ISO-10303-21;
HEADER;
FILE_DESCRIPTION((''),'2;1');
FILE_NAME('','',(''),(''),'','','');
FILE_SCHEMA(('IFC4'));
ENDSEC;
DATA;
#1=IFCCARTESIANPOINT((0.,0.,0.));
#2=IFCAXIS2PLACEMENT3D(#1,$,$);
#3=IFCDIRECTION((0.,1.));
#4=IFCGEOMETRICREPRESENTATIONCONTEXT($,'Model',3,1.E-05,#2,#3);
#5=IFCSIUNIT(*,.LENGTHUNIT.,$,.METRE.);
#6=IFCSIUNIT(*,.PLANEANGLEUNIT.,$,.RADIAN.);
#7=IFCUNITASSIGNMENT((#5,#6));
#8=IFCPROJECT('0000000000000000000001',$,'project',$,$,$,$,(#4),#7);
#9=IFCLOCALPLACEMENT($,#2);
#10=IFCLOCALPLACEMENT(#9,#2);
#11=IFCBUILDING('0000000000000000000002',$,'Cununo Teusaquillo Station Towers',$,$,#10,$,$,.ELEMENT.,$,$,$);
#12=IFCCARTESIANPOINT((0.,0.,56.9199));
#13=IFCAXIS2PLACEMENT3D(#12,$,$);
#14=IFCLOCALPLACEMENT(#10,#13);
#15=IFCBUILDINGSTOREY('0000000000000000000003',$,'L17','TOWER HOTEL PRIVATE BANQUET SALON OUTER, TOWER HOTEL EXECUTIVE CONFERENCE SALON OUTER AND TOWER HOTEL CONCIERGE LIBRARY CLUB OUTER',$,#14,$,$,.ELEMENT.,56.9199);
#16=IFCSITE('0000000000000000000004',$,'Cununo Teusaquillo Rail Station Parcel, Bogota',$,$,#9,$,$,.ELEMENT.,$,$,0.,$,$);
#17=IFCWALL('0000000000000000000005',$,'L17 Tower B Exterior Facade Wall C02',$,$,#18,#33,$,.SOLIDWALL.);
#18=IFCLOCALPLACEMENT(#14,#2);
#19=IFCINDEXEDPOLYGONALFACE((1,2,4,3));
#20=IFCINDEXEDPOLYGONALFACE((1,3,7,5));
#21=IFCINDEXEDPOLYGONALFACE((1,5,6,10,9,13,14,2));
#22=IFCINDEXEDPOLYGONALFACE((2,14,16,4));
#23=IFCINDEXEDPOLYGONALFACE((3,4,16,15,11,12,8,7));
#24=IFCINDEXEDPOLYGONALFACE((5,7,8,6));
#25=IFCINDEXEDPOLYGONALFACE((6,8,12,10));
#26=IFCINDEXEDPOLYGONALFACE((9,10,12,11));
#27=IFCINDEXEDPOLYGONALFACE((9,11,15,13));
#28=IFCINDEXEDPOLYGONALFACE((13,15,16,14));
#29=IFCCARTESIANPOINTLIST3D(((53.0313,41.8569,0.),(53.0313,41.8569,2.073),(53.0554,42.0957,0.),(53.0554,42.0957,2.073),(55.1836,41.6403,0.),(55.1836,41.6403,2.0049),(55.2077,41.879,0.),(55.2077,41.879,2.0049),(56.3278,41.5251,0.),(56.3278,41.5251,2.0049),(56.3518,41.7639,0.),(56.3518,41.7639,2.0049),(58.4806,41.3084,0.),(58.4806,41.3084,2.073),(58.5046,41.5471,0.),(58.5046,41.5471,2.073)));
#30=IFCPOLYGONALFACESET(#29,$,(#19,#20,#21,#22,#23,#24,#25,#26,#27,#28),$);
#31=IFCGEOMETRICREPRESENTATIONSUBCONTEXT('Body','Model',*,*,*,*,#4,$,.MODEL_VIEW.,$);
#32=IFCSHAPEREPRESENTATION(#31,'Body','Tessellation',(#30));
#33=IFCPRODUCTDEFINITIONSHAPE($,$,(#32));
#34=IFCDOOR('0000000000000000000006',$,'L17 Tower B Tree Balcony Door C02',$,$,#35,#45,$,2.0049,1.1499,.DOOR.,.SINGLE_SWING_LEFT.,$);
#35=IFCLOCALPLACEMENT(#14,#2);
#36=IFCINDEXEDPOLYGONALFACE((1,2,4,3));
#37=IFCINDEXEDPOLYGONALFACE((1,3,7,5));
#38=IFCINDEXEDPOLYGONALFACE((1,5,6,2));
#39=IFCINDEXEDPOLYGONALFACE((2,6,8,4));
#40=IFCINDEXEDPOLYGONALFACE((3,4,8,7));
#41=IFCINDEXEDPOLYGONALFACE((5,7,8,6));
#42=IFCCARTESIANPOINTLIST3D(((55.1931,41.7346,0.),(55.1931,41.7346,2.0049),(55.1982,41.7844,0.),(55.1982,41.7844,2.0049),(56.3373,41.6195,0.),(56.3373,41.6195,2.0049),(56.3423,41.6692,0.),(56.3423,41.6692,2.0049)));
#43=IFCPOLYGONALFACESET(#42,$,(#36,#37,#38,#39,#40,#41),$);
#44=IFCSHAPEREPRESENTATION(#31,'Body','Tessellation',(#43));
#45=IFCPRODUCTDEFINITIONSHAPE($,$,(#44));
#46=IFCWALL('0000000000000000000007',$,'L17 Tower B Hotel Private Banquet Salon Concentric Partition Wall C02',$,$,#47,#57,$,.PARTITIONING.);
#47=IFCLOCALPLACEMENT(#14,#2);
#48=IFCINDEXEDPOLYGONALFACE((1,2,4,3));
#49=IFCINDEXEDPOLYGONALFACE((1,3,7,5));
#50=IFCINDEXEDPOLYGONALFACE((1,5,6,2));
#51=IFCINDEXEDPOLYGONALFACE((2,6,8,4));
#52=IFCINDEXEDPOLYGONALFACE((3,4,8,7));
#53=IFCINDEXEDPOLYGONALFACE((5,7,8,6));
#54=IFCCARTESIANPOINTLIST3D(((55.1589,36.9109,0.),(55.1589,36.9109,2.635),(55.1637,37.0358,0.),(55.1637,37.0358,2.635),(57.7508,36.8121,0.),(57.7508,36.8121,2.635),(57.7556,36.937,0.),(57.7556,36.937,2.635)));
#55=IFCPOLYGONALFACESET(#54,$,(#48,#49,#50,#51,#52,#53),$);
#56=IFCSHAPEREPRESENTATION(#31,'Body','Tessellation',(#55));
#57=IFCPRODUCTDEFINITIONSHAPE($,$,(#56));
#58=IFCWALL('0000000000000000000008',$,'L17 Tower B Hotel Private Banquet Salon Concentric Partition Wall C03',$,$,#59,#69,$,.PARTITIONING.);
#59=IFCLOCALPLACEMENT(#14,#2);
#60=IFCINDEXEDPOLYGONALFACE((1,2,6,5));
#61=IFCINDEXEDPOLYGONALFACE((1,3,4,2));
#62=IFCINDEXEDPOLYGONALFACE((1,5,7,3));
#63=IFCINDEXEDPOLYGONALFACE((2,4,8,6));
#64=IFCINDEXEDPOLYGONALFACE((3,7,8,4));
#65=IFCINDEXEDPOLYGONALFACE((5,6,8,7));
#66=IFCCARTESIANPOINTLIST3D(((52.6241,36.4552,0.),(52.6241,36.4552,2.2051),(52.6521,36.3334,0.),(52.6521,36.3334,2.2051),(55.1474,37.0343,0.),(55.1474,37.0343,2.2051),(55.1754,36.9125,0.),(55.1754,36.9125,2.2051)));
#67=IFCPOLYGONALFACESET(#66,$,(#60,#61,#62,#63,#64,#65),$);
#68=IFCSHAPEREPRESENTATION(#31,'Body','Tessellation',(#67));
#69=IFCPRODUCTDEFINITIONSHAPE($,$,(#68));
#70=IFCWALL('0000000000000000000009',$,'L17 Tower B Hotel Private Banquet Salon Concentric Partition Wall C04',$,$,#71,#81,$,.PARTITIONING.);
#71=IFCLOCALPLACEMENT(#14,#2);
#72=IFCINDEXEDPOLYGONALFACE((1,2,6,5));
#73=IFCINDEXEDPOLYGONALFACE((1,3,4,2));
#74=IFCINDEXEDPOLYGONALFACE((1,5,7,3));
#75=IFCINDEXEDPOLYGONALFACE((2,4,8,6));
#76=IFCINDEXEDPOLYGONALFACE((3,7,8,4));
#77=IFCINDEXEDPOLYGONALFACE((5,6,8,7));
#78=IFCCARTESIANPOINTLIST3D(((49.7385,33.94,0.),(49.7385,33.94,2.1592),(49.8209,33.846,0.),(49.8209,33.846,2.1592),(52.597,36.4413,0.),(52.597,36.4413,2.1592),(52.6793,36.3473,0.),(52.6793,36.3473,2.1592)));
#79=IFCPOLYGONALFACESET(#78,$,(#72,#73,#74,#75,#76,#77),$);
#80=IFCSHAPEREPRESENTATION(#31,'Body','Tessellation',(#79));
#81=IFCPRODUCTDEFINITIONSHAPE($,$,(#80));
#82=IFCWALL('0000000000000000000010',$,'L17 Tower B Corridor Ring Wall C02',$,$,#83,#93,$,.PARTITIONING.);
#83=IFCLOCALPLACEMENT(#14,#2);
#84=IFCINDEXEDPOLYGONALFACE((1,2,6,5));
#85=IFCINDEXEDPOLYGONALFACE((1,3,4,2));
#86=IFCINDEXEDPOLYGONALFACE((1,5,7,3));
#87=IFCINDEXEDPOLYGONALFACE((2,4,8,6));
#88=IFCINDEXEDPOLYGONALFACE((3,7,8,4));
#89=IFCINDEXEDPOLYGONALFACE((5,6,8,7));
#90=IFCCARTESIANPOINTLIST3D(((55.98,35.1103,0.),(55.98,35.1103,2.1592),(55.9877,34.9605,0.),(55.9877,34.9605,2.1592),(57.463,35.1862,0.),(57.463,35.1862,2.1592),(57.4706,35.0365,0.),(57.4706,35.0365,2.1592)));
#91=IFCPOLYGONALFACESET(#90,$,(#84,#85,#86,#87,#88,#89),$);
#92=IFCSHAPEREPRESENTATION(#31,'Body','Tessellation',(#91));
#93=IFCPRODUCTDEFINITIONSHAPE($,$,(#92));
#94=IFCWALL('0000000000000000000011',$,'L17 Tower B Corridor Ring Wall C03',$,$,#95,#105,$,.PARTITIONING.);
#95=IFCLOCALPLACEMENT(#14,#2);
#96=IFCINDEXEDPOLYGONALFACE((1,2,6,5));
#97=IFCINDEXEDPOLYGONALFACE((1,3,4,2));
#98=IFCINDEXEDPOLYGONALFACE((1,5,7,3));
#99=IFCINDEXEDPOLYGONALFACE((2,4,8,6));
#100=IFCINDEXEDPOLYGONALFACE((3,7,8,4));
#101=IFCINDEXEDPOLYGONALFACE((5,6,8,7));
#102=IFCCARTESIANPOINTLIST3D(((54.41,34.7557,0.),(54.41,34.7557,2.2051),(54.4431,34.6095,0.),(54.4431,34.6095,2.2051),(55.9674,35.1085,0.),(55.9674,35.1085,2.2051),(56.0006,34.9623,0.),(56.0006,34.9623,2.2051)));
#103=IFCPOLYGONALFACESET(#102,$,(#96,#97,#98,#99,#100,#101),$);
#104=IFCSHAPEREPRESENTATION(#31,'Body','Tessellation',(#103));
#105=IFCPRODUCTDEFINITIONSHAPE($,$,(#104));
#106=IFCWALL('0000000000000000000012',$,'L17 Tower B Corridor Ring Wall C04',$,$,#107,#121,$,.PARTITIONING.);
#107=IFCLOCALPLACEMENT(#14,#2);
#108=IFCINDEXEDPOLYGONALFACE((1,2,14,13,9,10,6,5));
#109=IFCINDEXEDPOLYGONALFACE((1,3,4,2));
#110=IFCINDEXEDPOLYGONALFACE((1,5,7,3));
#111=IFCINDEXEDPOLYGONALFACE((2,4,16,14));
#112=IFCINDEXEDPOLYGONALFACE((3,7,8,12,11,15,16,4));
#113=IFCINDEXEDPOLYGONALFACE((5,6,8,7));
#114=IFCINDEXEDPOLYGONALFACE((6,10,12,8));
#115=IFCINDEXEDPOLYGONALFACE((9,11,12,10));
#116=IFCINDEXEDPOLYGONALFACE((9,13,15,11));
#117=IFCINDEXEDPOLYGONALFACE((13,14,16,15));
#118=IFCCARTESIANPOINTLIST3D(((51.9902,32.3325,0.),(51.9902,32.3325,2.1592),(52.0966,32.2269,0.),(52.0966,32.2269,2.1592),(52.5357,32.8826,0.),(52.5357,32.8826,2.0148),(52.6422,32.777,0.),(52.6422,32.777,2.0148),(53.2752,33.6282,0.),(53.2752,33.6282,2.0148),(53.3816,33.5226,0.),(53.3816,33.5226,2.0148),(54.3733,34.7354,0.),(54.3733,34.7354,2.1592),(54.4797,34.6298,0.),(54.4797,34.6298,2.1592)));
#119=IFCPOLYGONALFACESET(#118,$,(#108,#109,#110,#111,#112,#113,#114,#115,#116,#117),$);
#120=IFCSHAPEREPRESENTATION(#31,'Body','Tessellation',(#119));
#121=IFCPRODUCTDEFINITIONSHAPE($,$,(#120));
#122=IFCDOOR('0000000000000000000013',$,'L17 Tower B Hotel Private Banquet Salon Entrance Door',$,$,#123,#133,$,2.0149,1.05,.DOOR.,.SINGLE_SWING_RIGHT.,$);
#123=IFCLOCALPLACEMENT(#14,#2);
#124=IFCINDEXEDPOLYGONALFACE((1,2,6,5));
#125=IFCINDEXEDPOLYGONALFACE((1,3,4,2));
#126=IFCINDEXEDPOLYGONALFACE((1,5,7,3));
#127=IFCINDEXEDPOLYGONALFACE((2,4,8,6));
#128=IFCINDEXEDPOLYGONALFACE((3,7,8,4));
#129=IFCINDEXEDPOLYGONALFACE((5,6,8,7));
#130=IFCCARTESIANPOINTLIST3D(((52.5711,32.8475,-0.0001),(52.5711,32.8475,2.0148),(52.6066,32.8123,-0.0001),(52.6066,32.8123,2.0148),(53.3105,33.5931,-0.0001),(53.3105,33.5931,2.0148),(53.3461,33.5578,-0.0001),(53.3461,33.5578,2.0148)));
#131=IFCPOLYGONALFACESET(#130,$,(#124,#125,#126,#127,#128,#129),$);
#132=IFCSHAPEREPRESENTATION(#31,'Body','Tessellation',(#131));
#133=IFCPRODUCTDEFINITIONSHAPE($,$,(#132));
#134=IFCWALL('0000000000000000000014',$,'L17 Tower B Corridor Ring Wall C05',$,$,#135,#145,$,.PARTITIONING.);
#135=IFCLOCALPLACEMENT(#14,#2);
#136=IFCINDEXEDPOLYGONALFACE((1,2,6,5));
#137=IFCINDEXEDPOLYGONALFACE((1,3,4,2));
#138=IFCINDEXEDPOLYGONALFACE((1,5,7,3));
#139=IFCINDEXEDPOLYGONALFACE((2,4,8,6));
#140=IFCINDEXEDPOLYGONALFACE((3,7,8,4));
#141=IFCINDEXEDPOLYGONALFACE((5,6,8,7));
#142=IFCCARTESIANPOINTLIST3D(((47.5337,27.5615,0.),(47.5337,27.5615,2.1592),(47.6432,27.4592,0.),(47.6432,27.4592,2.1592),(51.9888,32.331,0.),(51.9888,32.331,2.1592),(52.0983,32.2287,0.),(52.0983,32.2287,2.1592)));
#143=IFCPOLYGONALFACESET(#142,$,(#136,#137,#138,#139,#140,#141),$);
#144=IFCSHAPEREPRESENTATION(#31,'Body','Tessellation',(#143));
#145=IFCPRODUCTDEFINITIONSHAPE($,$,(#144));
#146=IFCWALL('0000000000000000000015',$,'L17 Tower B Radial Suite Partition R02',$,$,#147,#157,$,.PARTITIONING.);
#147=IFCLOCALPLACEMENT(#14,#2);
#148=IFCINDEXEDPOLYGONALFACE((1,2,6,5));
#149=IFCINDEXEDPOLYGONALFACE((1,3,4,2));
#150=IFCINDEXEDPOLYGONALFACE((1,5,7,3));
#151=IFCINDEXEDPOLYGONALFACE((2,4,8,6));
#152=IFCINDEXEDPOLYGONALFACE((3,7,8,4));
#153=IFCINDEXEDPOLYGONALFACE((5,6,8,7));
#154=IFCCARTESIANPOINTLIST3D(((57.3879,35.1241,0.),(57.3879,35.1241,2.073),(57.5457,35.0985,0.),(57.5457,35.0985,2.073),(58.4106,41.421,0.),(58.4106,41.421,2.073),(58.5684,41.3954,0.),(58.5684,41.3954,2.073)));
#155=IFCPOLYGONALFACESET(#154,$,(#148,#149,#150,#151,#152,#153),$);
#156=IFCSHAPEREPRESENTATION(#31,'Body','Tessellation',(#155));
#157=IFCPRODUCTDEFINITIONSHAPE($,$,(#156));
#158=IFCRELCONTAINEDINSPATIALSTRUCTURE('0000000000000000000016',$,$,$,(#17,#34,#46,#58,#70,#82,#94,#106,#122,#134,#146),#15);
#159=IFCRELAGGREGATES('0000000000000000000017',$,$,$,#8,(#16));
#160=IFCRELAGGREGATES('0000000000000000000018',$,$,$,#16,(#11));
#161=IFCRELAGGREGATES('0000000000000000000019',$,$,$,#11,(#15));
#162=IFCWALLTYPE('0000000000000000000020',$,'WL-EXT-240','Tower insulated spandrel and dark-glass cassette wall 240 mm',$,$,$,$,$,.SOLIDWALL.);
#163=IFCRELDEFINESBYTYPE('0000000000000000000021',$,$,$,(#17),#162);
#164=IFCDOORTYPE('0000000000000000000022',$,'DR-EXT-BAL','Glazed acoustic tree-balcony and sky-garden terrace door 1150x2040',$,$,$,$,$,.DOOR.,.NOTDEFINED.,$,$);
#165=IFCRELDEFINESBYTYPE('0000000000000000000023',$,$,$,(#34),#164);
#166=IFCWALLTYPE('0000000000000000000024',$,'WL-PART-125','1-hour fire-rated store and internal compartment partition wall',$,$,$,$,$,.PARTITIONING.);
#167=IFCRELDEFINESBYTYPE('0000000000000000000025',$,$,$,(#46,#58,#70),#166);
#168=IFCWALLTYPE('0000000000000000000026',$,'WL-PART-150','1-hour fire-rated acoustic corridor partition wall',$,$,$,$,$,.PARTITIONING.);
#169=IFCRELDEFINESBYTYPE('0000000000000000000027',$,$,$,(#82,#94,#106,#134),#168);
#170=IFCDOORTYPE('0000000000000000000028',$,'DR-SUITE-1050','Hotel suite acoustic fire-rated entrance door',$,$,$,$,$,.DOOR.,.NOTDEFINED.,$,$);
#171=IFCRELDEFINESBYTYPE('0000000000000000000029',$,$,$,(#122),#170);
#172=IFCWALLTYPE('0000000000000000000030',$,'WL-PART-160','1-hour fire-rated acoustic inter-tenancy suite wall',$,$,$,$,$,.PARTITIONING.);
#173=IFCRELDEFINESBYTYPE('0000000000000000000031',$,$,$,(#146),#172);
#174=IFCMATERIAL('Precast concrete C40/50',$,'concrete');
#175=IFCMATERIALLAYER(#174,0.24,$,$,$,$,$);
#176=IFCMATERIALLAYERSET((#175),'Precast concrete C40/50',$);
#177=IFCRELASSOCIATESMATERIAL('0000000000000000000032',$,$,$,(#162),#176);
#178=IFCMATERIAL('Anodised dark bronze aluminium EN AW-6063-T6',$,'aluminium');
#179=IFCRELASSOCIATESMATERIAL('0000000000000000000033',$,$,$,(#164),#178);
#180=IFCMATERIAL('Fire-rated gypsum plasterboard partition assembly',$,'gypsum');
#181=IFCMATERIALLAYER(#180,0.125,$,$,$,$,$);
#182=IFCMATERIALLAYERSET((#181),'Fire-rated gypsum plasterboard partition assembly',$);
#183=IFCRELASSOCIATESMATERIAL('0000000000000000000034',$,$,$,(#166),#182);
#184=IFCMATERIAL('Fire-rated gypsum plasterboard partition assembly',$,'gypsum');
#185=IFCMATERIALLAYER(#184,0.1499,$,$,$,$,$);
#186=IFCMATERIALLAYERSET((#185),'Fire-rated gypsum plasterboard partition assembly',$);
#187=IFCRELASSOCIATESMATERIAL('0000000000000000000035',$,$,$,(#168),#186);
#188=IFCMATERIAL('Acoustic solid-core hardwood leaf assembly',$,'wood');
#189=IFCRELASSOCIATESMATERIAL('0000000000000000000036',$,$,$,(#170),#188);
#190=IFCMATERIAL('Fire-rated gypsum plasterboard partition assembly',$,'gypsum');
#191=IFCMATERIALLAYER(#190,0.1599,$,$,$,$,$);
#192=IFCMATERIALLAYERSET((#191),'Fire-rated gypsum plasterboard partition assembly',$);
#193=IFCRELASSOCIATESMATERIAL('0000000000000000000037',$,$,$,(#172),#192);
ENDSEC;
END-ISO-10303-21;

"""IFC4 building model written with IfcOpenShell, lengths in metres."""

from ifc_helpers import new_model, si_unit, direction, frame, frame_2d, origin, place, context, subcontext, project, spatial, rectangle, extrude, source, transform, mapped, material, layer, layer_set, type_object, element, fill, save


model = new_model("IFC4")

# Units and contexts
model_context = context("Model", 3, precision=1e-05, world=origin(), true_north=direction((0.0, 1.0)))
body_context = subcontext(model_context, "Body", "Model", "MODEL_VIEW")
ifc_project = project(units=[si_unit("LENGTHUNIT", "METRE"), si_unit("PLANEANGLEUNIT", "RADIAN")], contexts=[model_context])

# Site, building, storey
site_placement = place(None, origin())
site = spatial("IfcSite", under=ifc_project, at=site_placement, Name="Cununo Teusaquillo Rail Station Parcel, Bogota", CompositionType="ELEMENT", RefElevation=0.0)
building_placement = place(site_placement, origin())
building = spatial("IfcBuilding", under=site, at=building_placement, Name="Cununo Teusaquillo Station Towers", CompositionType="ELEMENT")
storey_placement = place(building_placement, frame((0.0, 0.0, 56.9199)))
storey = spatial("IfcBuildingStorey", under=building, at=storey_placement, Name="L17", Description="TOWER HOTEL PRIVATE BANQUET SALON OUTER, TOWER HOTEL EXECUTIVE CONFERENCE SALON OUTER AND TOWER HOTEL CONCIERGE LIBRARY CLUB OUTER", CompositionType="ELEMENT", Elevation=56.9199)

# Wall, opening, door
ifc_material_1 = material(Name="Precast concrete C40/50", Category="concrete")
ifc_layer_1 = layer(ifc_material_1, 0.24)
ifc_layer_set_1 = layer_set([ifc_layer_1], Name="Precast concrete C40/50")
wall_type_1 = type_object("IfcWallType", Name="WL-EXT-240", Description="Tower insulated spandrel and dark-glass cassette wall 240 mm", PredefinedType="SOLIDWALL", material=ifc_layer_set_1)
wall_1_placement = place(storey_placement, frame((53.0435, 41.9763, 0.0), z_axis=(0.0, 0.0, 1.0), x_axis=(0.994971, -0.100166, 0.0)))
wall_1 = element("IfcWall", 1, at=wall_1_placement, inside=storey, type_object=wall_type_1, Name="L17 Tower B Exterior Facade Wall C02", PredefinedType="SOLIDWALL", context=body_context, shape_type="SweptSolid", body=[
    extrude(rectangle(XDim=5.4768, YDim=0.24, at=frame_2d((2.7383, 0.0))), origin(), (0.0, 0.0, 1.0), 2.073),
])
shared_shape_1 = source(origin(), body_context, "Body", "SweptSolid", [
    extrude(rectangle(XDim=1.1499, YDim=2.0049, at=frame_2d((0.575, 1.0024))), frame((0.0, 0.1299, 0.0), z_axis=(0.0, -1.0, 0.0), x_axis=(1.0, 0.0, 0.0)), (0.0, 0.0, 1.0), 0.26),
])
opening_1_placement = place(wall_1_placement, frame((2.1631, 0.0, 0.0)))
opening_1 = element("IfcOpeningElement", 2, at=opening_1_placement, cuts=wall_1, PredefinedType="OPENING", context=body_context, shape_type="MappedRepresentation", body=[
    mapped(shared_shape_1, transform((0.0, 0.0, 0.0), x_axis=(1.0, 0.0, 0.0), y_axis=(0.0, 1.0, 0.0), z_axis=(0.0, 0.0, 1.0), scale=1.0)),
])
ifc_material_2 = material(Name="Anodised dark bronze aluminium EN AW-6063-T6", Category="aluminium")
door_type_1 = type_object("IfcDoorType", Name="DR-EXT-BAL", Description="Glazed acoustic tree-balcony and sky-garden terrace door 1150x2040", OperationType="NOTDEFINED", PredefinedType="DOOR", material=ifc_material_2)
shared_shape_2 = source(origin(), body_context, "Body", "SweptSolid", [
    extrude(rectangle(XDim=1.1499, YDim=2.0049, at=frame_2d((0.575, 1.0024))), frame((0.0, 0.0249, 0.0), z_axis=(0.0, -1.0, 0.0), x_axis=(1.0, 0.0, 0.0)), (0.0, 0.0, 1.0), 0.05),
])
door_1_placement = place(opening_1_placement, origin())
door_1 = element("IfcDoor", 3, at=door_1_placement, inside=storey, type_object=door_type_1, Name="L17 Tower B Tree Balcony Door C02", OperationType="SINGLE_SWING_LEFT", OverallHeight=2.0049, OverallWidth=1.1499, PredefinedType="DOOR", context=body_context, shape_type="MappedRepresentation", body=[
    mapped(shared_shape_2, transform((0.0, 0.0, 0.0), x_axis=(1.0, 0.0, 0.0), y_axis=(0.0, 1.0, 0.0), z_axis=(0.0, 0.0, 1.0), scale=1.0)),
])
fill(opening_1, door_1)

# Walls
ifc_material_3 = material(Name="Fire-rated gypsum plasterboard partition assembly", Category="gypsum")
ifc_layer_2 = layer(ifc_material_3, 0.125)
ifc_layer_set_2 = layer_set([ifc_layer_2], Name="Fire-rated gypsum plasterboard partition assembly")
wall_type_2 = type_object("IfcWallType", Name="WL-PART-125", Description="1-hour fire-rated store and internal compartment partition wall", PredefinedType="PARTITIONING", material=ifc_layer_set_2)
wall_2_placement = place(storey_placement, frame((57.7532, 36.8745, 0.0), z_axis=(0.0, 0.0, 1.0), x_axis=(-0.999273, 0.038122, 0.0)))
element("IfcWall", 4, at=wall_2_placement, inside=storey, type_object=wall_type_2, Name="L17 Tower B Hotel Private Banquet Salon Concentric Partition Wall C02", PredefinedType="PARTITIONING", context=body_context, shape_type="SweptSolid", body=[
    extrude(rectangle(XDim=2.5938, YDim=0.125, at=frame_2d((1.2969, 0.0))), origin(), (0.0, 0.0, 1.0), 2.635),
])
wall_3_placement = place(storey_placement, frame((55.1614, 36.9734, 0.0), z_axis=(0.0, 0.0, 1.0), x_axis=(-0.974659, -0.223695, 0.0)))
element("IfcWall", 5, at=wall_3_placement, inside=storey, type_object=wall_type_2, Name="L17 Tower B Hotel Private Banquet Salon Concentric Partition Wall C03", PredefinedType="PARTITIONING", context=body_context, shape_type="SweptSolid", body=[
    extrude(rectangle(XDim=2.5889, YDim=0.125, at=frame_2d((1.2944, 0.0))), origin(), (0.0, 0.0, 1.0), 2.2051),
])
wall_4_placement = place(storey_placement, frame((52.6382, 36.3943, 0.0), z_axis=(0.0, 0.0, 1.0), x_axis=(-0.752561, -0.658523, 0.0)))
element("IfcWall", 6, at=wall_4_placement, inside=storey, type_object=wall_type_2, Name="L17 Tower B Hotel Private Banquet Salon Concentric Partition Wall C04", PredefinedType="PARTITIONING", context=body_context, shape_type="SweptSolid", body=[
    extrude(rectangle(XDim=3.7983, YDim=0.125, at=frame_2d((1.8992, 0.0))), origin(), (0.0, 0.0, 1.0), 2.1592),
])
ifc_material_4 = material(Name="Fire-rated gypsum plasterboard partition assembly", Category="gypsum")
ifc_layer_3 = layer(ifc_material_4, 0.1499)
ifc_layer_set_3 = layer_set([ifc_layer_3], Name="Fire-rated gypsum plasterboard partition assembly")
wall_type_3 = type_object("IfcWallType", Name="WL-PART-150", Description="1-hour fire-rated acoustic corridor partition wall", PredefinedType="PARTITIONING", material=ifc_layer_set_3)
wall_5_placement = place(storey_placement, frame((57.4668, 35.1113, 0.0), z_axis=(0.0, 0.0, 1.0), x_axis=(-0.998692, -0.051135, 0.0)))
element("IfcWall", 7, at=wall_5_placement, inside=storey, type_object=wall_type_3, Name="L17 Tower B Corridor Ring Wall C02", PredefinedType="PARTITIONING", context=body_context, shape_type="SweptSolid", body=[
    extrude(rectangle(XDim=1.4849, YDim=0.1499, at=frame_2d((0.7424, 0.0))), origin(), (0.0, 0.0, 1.0), 2.1592),
])
wall_6_placement = place(storey_placement, frame((55.9839, 35.0354, 0.0), z_axis=(0.0, 0.0, 1.0), x_axis=(-0.97529, -0.220927, 0.0)))
element("IfcWall", 8, at=wall_6_placement, inside=storey, type_object=wall_type_3, Name="L17 Tower B Corridor Ring Wall C03", PredefinedType="PARTITIONING", context=body_context, shape_type="SweptSolid", body=[
    extrude(rectangle(XDim=1.5969, YDim=0.1499, at=frame_2d((0.7983, 0.0))), origin(), (0.0, 0.0, 1.0), 2.2051),
])

# Wall, opening, door
wall_7_placement = place(storey_placement, frame((54.4265, 34.6826, 0.0), z_axis=(0.0, 0.0, 1.0), x_axis=(-0.704179, -0.710022, 0.0)))
wall_7 = element("IfcWall", 9, at=wall_7_placement, inside=storey, type_object=wall_type_3, Name="L17 Tower B Corridor Ring Wall C04", PredefinedType="PARTITIONING", context=body_context, shape_type="SweptSolid", body=[
    extrude(rectangle(XDim=3.3843, YDim=0.1499, at=frame_2d((1.6921, 0.0))), origin(), (0.0, 0.0, 1.0), 2.1592),
])
shared_shape_3 = source(origin(), body_context, "Body", "SweptSolid", [
    extrude(rectangle(XDim=1.05, YDim=2.0149, at=frame_2d((0.5249, 1.0073))), frame((0.0, 0.085, 0.0), z_axis=(0.0, -1.0, 0.0), x_axis=(1.0, 0.0, 0.0)), (0.0, 0.0, 1.0), 0.1699),
])
opening_2_placement = place(wall_7_placement, frame((1.5596, 0.0, 0.0)))
opening_2 = element("IfcOpeningElement", 10, at=opening_2_placement, cuts=wall_7, PredefinedType="OPENING", context=body_context, shape_type="MappedRepresentation", body=[
    mapped(shared_shape_3, transform((0.0, 0.0, 0.0), x_axis=(1.0, 0.0, 0.0), y_axis=(0.0, 1.0, 0.0), z_axis=(0.0, 0.0, 1.0), scale=1.0)),
])
ifc_material_5 = material(Name="Acoustic solid-core hardwood leaf assembly", Category="wood")
door_type_2 = type_object("IfcDoorType", Name="DR-SUITE-1050", Description="Hotel suite acoustic fire-rated entrance door", OperationType="NOTDEFINED", PredefinedType="DOOR", material=ifc_material_5)
shared_shape_4 = source(origin(), body_context, "Body", "SweptSolid", [
    extrude(rectangle(XDim=1.05, YDim=2.0149, at=frame_2d((0.5249, 1.0073))), frame((0.0, 0.0249, 0.0), z_axis=(0.0, -1.0, 0.0), x_axis=(1.0, 0.0, 0.0)), (0.0, 0.0, 1.0), 0.05),
])
door_2_placement = place(opening_2_placement, origin())
door_2 = element("IfcDoor", 11, at=door_2_placement, inside=storey, type_object=door_type_2, Name="L17 Tower B Hotel Private Banquet Salon Entrance Door", OperationType="SINGLE_SWING_RIGHT", OverallHeight=2.0149, OverallWidth=1.05, PredefinedType="DOOR", context=body_context, shape_type="MappedRepresentation", body=[
    mapped(shared_shape_4, transform((0.0, 0.0, 0.0), x_axis=(1.0, 0.0, 0.0), y_axis=(0.0, 1.0, 0.0), z_axis=(0.0, 0.0, 1.0), scale=1.0)),
])
fill(opening_2, door_2)

# Walls
wall_8_placement = place(storey_placement, frame((52.0435, 32.2798, 0.0), z_axis=(0.0, 0.0, 1.0), x_axis=(-0.682606, -0.730787, 0.0)))
element("IfcWall", 12, at=wall_8_placement, inside=storey, type_object=wall_type_3, Name="L17 Tower B Corridor Ring Wall C05", PredefinedType="PARTITIONING", context=body_context, shape_type="SweptSolid", body=[
    extrude(rectangle(XDim=6.5266, YDim=0.1499, at=frame_2d((3.2632, 0.0))), origin(), (0.0, 0.0, 1.0), 2.1592),
])
ifc_material_6 = material(Name="Fire-rated gypsum plasterboard partition assembly", Category="gypsum")
ifc_layer_4 = layer(ifc_material_6, 0.1599)
ifc_layer_set_4 = layer_set([ifc_layer_4], Name="Fire-rated gypsum plasterboard partition assembly")
wall_type_4 = type_object("IfcWallType", Name="WL-PART-160", Description="1-hour fire-rated acoustic inter-tenancy suite wall", PredefinedType="PARTITIONING", material=ifc_layer_set_4)
wall_9_placement = place(storey_placement, frame((57.4668, 35.1113, 0.0), z_axis=(0.0, 0.0, 1.0), x_axis=(0.160314, 0.987066, 0.0)))
element("IfcWall", 13, at=wall_9_placement, inside=storey, type_object=wall_type_4, Name="L17 Tower B Radial Suite Partition R02", PredefinedType="PARTITIONING", context=body_context, shape_type="SweptSolid", body=[
    extrude(rectangle(XDim=6.3794, YDim=0.1599, at=frame_2d((3.1897, 0.0))), origin(), (0.0, 0.0, 1.0), 2.073),
])

save(model, "model.ifc")
